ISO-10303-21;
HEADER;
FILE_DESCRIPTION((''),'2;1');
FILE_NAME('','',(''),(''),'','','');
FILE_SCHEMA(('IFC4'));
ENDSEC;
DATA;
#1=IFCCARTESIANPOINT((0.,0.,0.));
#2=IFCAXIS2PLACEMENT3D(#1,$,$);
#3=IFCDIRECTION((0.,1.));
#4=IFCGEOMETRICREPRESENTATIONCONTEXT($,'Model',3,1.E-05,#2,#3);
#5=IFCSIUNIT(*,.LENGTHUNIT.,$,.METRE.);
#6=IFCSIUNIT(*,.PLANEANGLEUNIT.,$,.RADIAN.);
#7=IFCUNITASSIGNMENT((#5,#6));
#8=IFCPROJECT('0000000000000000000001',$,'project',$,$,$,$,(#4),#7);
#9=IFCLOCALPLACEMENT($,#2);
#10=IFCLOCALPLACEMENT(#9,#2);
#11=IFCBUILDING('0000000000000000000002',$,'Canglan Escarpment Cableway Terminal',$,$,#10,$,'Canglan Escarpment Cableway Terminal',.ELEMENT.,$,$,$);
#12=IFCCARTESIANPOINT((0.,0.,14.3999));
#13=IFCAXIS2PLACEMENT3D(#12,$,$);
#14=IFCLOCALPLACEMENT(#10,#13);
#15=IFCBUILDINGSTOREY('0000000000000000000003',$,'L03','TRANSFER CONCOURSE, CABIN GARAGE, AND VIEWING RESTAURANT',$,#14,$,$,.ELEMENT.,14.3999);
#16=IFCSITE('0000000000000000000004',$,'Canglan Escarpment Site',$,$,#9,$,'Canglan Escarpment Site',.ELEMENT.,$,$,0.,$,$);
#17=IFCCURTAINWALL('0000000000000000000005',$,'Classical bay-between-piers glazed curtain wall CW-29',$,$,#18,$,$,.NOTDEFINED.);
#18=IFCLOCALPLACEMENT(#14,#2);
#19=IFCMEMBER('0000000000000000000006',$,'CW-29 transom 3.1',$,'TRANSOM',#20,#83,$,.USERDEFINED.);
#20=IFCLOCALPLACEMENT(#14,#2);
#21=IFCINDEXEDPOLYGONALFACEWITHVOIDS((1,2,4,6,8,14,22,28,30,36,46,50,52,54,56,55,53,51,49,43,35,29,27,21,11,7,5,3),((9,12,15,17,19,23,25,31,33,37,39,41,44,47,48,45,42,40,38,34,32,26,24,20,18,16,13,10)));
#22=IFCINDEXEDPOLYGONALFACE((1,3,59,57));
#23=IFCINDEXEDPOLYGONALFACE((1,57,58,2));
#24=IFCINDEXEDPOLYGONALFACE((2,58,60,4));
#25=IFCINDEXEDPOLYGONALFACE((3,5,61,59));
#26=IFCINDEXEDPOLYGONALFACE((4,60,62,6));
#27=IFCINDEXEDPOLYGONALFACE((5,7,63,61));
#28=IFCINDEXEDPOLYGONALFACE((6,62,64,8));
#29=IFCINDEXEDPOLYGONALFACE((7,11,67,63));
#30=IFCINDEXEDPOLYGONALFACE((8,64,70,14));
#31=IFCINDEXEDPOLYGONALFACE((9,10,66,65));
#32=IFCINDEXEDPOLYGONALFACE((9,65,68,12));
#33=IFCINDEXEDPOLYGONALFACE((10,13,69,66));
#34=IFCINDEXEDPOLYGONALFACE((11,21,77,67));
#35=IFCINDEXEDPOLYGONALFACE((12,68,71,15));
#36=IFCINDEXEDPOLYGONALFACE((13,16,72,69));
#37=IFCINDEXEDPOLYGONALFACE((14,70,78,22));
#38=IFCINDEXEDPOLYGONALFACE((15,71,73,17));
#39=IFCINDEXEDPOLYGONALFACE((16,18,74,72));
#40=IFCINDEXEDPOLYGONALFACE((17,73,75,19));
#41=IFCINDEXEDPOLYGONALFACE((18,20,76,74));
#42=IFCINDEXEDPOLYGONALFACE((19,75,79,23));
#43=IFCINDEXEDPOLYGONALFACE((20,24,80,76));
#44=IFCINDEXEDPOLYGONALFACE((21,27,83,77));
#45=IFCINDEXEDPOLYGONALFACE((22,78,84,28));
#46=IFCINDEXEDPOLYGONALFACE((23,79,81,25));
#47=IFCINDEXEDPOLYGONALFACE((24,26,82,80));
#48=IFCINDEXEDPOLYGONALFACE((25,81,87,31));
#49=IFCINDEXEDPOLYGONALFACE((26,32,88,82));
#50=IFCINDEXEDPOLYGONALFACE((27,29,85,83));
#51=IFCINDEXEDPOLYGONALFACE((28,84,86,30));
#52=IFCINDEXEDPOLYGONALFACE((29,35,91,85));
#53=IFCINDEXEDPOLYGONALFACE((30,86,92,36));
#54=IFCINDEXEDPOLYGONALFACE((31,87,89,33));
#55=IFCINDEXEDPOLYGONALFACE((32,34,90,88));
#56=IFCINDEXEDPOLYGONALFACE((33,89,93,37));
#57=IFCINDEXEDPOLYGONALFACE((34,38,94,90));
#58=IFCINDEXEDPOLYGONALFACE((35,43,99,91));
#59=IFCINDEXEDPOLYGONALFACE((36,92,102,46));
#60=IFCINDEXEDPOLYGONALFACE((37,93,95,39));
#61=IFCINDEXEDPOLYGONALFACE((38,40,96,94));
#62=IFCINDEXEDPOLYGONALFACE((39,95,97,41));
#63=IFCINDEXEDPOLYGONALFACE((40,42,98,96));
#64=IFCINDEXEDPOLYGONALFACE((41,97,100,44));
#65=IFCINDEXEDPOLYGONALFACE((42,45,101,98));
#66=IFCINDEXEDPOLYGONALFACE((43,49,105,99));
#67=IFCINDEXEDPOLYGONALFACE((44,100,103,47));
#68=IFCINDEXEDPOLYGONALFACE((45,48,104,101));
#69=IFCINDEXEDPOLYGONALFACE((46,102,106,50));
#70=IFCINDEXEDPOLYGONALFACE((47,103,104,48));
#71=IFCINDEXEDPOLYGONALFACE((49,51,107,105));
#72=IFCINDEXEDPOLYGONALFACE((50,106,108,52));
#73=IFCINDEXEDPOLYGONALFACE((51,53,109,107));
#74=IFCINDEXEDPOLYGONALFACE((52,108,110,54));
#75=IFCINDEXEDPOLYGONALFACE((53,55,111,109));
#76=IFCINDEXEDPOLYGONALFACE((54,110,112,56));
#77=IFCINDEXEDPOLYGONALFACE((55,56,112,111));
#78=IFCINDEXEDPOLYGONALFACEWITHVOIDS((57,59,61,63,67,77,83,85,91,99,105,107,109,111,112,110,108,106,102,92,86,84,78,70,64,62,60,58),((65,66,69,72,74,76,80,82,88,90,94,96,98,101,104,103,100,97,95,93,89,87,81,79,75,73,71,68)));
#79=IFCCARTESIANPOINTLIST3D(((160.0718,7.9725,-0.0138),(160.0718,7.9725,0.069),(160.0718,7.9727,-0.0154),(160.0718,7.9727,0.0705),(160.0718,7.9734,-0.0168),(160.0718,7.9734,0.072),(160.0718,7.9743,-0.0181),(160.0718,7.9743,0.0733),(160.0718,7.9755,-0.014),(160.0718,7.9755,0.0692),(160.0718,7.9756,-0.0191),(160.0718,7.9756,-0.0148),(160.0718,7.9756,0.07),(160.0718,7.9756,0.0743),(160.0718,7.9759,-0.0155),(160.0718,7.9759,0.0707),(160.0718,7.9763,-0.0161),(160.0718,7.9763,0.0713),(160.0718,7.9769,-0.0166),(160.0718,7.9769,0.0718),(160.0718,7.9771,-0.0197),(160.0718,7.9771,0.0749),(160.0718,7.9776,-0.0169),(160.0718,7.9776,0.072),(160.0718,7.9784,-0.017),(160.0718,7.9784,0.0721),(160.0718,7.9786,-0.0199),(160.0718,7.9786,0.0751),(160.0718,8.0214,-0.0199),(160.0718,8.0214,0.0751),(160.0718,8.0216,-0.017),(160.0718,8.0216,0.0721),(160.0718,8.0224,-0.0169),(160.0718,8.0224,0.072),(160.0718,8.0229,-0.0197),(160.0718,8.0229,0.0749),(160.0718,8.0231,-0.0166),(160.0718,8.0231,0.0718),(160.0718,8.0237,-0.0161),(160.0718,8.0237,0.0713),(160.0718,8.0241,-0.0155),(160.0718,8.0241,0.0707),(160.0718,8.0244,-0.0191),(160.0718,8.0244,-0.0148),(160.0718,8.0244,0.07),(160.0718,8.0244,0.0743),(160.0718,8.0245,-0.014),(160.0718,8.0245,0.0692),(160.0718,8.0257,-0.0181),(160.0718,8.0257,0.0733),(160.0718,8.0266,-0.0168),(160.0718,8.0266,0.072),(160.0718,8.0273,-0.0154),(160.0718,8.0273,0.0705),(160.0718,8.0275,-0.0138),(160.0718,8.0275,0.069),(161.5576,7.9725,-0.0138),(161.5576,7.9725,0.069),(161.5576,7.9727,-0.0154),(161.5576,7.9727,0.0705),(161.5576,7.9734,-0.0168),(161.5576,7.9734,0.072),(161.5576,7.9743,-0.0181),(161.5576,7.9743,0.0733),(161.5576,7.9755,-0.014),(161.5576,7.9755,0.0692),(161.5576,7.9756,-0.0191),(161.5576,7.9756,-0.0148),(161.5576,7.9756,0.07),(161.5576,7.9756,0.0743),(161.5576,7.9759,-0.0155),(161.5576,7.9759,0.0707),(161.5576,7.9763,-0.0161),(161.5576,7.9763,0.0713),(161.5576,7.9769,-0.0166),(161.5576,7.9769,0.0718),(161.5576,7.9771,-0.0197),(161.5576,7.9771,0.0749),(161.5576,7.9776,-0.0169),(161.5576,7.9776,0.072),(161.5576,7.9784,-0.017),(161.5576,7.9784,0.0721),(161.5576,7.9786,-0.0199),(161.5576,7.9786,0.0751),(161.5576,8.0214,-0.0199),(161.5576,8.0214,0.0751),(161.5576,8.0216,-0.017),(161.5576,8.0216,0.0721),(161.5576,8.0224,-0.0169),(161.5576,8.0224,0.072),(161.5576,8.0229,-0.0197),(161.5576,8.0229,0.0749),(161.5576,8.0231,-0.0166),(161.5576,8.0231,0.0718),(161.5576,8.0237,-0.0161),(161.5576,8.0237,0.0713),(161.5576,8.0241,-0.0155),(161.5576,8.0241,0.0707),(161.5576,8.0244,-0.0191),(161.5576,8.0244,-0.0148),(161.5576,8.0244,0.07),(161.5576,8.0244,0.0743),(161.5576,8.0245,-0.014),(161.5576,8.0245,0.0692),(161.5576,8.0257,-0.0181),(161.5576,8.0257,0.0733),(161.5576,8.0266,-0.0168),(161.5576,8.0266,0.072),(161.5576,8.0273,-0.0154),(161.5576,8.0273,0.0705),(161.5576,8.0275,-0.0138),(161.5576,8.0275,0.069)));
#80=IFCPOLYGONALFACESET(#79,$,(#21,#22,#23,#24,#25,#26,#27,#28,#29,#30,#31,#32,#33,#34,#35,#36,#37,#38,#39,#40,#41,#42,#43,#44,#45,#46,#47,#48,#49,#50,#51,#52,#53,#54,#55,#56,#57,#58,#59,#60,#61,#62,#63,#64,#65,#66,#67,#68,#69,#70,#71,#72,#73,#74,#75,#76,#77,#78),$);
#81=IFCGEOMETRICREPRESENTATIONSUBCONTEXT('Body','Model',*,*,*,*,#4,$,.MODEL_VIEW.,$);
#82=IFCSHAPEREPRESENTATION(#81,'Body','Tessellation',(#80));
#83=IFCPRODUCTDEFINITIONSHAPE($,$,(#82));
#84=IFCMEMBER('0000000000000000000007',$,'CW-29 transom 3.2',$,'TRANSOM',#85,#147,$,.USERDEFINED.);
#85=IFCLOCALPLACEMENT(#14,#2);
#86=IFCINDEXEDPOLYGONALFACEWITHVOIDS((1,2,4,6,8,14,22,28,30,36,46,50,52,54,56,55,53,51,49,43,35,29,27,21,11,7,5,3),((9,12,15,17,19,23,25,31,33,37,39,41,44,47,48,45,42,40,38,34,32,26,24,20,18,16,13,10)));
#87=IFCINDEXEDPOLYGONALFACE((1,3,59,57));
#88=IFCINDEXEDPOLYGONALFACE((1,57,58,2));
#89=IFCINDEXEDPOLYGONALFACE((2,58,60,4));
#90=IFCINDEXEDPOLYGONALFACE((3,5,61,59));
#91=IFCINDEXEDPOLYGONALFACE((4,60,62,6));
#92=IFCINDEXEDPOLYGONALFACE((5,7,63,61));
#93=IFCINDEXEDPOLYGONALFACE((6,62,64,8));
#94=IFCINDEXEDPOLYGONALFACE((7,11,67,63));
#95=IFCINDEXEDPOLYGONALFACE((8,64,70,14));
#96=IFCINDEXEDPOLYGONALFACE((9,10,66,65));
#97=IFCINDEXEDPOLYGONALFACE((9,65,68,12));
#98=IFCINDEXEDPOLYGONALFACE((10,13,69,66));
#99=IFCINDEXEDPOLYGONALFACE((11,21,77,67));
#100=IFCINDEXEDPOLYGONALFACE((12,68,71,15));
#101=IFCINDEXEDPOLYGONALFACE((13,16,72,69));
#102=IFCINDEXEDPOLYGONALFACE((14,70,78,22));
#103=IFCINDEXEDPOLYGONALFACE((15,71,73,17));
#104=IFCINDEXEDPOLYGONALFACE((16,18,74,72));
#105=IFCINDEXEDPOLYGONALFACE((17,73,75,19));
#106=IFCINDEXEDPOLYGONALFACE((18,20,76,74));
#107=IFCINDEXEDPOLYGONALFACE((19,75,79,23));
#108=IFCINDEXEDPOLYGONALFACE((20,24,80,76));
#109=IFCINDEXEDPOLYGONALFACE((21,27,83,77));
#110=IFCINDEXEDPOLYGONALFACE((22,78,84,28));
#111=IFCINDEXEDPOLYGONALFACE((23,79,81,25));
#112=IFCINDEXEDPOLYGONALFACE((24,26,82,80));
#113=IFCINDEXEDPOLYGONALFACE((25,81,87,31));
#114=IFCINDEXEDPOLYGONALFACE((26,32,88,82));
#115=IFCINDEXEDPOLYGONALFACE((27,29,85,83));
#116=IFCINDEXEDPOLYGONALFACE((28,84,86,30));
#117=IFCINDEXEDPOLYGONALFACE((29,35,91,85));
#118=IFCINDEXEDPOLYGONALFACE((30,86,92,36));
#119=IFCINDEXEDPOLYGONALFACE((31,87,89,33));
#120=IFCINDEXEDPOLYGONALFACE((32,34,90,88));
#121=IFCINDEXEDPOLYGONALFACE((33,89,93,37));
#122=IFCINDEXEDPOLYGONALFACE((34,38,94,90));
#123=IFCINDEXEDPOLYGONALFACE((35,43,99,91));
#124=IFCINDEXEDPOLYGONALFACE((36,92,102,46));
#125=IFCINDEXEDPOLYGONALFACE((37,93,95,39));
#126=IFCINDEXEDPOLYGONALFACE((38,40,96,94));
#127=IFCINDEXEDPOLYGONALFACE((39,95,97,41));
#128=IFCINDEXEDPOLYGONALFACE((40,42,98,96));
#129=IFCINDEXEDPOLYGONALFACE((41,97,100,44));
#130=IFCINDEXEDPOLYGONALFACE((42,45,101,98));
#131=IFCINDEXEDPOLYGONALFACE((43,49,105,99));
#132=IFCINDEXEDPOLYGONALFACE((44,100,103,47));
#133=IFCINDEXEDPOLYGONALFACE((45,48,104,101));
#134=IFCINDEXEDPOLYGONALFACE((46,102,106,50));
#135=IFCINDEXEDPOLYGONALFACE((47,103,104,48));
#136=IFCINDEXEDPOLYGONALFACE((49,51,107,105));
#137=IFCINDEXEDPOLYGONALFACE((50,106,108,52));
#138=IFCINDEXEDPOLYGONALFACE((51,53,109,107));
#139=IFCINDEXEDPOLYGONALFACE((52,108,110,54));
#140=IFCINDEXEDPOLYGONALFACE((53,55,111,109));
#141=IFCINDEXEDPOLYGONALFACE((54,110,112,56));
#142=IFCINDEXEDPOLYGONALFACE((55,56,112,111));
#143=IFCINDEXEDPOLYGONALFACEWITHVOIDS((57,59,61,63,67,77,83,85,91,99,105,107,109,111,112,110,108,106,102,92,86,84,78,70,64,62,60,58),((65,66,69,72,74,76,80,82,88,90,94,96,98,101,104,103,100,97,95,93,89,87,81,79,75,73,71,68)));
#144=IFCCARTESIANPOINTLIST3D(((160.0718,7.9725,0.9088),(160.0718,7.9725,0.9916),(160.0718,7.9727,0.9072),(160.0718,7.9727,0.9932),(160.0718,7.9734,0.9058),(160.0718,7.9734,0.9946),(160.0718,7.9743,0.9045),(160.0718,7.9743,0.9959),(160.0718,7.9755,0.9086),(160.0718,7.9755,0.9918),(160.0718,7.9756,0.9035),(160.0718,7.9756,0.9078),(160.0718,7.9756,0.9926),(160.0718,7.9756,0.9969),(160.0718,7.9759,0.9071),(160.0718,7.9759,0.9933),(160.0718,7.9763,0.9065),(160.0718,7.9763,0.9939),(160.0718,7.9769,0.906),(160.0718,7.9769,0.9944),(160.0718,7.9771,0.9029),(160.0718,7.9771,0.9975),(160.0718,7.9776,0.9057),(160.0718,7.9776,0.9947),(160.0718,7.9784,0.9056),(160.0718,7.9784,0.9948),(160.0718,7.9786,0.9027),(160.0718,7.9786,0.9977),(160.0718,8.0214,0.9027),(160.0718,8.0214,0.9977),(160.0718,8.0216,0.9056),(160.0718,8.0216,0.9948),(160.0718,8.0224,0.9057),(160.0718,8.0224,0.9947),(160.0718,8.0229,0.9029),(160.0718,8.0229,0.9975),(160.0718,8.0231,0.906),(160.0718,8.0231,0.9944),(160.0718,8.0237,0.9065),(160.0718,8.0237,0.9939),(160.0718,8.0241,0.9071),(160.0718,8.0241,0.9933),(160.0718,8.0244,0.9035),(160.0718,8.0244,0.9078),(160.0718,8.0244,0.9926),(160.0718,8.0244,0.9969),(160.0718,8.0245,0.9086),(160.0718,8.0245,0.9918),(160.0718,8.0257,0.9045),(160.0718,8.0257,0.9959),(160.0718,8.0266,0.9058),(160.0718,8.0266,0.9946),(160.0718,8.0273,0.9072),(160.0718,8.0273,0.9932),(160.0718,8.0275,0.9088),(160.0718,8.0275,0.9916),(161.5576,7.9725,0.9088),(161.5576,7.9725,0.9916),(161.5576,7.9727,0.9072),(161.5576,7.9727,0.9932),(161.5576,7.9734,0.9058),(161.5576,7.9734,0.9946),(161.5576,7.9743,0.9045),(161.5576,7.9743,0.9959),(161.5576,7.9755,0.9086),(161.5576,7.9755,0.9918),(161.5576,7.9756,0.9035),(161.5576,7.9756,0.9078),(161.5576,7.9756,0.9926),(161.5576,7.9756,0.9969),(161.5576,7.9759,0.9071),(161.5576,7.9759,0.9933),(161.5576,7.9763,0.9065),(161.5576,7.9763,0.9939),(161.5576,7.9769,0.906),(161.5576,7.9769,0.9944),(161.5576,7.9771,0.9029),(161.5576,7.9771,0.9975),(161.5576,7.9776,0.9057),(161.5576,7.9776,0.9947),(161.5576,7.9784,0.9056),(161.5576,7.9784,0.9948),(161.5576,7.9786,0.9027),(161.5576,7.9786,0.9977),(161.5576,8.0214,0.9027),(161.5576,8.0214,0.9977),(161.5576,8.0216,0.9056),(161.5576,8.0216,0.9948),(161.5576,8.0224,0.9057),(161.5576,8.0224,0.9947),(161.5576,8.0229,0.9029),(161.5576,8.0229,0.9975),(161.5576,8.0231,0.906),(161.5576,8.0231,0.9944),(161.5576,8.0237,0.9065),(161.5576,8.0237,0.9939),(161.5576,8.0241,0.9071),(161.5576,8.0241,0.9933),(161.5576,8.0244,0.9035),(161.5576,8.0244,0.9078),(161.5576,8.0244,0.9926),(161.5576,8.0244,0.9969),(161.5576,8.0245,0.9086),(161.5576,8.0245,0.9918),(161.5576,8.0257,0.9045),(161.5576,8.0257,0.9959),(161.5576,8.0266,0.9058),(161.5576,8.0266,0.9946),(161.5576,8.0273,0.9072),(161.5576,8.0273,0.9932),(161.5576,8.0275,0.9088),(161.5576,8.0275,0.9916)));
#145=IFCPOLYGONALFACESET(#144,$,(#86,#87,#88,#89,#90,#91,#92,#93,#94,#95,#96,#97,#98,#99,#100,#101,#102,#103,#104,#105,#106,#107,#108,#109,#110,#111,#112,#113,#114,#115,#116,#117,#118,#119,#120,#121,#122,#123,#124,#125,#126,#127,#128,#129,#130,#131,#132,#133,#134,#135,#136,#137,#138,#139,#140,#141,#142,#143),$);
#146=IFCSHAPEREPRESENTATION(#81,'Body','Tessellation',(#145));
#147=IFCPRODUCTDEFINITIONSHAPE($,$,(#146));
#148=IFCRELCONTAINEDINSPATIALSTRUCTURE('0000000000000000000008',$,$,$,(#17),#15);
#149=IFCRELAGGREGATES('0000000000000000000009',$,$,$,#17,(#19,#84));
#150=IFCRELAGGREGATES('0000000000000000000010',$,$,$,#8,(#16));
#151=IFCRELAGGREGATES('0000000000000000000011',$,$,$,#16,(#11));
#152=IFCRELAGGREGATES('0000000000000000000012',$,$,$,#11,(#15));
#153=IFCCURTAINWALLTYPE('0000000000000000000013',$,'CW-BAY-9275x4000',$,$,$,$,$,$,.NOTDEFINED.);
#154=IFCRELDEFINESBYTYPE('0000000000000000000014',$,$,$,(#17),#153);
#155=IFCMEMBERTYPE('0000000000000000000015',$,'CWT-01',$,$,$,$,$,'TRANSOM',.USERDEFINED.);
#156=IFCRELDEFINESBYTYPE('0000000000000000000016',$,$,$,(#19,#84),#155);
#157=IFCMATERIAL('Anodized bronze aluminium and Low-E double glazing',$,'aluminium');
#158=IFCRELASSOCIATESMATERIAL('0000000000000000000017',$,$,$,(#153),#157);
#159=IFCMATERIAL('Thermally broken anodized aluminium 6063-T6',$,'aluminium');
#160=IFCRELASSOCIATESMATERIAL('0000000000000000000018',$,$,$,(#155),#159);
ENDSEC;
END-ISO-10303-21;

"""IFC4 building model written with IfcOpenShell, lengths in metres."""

from ifc_helpers import new_model, si_unit, direction, frame, origin, origin_2d, place, context, subcontext, project, spatial, hollow_rectangle, extrude, material, material_profile, profile_set, type_object, element, aggregate, save


model = new_model("IFC4")

# Units and contexts
model_context = context("Model", 3, precision=1e-05, world=origin(), true_north=direction((0.0, 1.0)))
body_context = subcontext(model_context, "Body", "Model", "MODEL_VIEW")
ifc_project = project(units=[si_unit("LENGTHUNIT", "METRE"), si_unit("PLANEANGLEUNIT", "RADIAN")], contexts=[model_context])

# Site, building, storey
site_placement = place(None, origin())
site = spatial("IfcSite", under=ifc_project, at=site_placement, Name="Canglan Escarpment Site", LongName="Canglan Escarpment Site", CompositionType="ELEMENT", RefElevation=0.0)
building_placement = place(site_placement, origin())
building = spatial("IfcBuilding", under=site, at=building_placement, Name="Canglan Escarpment Cableway Terminal", LongName="Canglan Escarpment Cableway Terminal", CompositionType="ELEMENT")
storey_placement = place(building_placement, frame((0.0, 0.0, 14.3999)))
storey = spatial("IfcBuildingStorey", under=building, at=storey_placement, Name="L03", Description="TRANSFER CONCOURSE, CABIN GARAGE, AND VIEWING RESTAURANT", CompositionType="ELEMENT", Elevation=14.3999)

# Curtain wall, members
ifc_material_1 = material(Name="Anodized bronze aluminium and Low-E double glazing", Category="aluminium")
curtain_wall_type = type_object("IfcCurtainWallType", Name="CW-BAY-9275x4000", PredefinedType="NOTDEFINED", material=ifc_material_1)
curtain_wall_placement = place(storey_placement, origin())
curtain_wall = element("IfcCurtainWall", 1, at=curtain_wall_placement, inside=storey, type_object=curtain_wall_type, Name="Classical bay-between-piers glazed curtain wall CW-29", PredefinedType="NOTDEFINED")
ifc_material_2 = material(Name="Thermally broken anodized aluminium 6063-T6", Category="aluminium")
ifc_material_profile_1 = material_profile(ifc_material_2, hollow_rectangle(XDim=0.0549, YDim=0.095, WallThickness=0.0029, InnerFilletRadius=0.0029, OuterFilletRadius=0.0061, at=origin_2d()), Name="ALU-TRAN 55x95x3")
ifc_profile_set_1 = profile_set([ifc_material_profile_1], Name="Thermally broken anodized aluminium 6063-T6")
member_type_1 = type_object("IfcMemberType", Name="CWT-01", ElementType="TRANSOM", PredefinedType="USERDEFINED", material=ifc_profile_set_1)
member_1_placement = place(storey_placement, frame((160.0718, 8.0, 0.0276), z_axis=(1.0, 0.0, 0.0), x_axis=(0.0, 1.0, 0.0)))
member_1 = element("IfcMember", 2, at=member_1_placement, type_object=member_type_1, Name="CW-29 transom 3.1", ObjectType="TRANSOM", PredefinedType="USERDEFINED", context=body_context, shape_type="SweptSolid", body=[
    extrude(hollow_rectangle(XDim=0.0549, YDim=0.095, WallThickness=0.0029, InnerFilletRadius=0.0029, OuterFilletRadius=0.0061, at=origin_2d()), origin(), (0.0, 0.0, 1.0), 1.4858),
])
member_2_placement = place(storey_placement, frame((160.0718, 8.0, 0.9502), z_axis=(1.0, 0.0, 0.0), x_axis=(0.0, 1.0, 0.0)))
member_2 = element("IfcMember", 3, at=member_2_placement, type_object=member_type_1, Name="CW-29 transom 3.2", ObjectType="TRANSOM", PredefinedType="USERDEFINED", context=body_context, shape_type="SweptSolid", body=[
    extrude(hollow_rectangle(XDim=0.0549, YDim=0.095, WallThickness=0.0029, InnerFilletRadius=0.0029, OuterFilletRadius=0.0061, at=origin_2d()), origin(), (0.0, 0.0, 1.0), 1.4858),
])
aggregate(curtain_wall, [member_1, member_2])

save(model, "model.ifc")
